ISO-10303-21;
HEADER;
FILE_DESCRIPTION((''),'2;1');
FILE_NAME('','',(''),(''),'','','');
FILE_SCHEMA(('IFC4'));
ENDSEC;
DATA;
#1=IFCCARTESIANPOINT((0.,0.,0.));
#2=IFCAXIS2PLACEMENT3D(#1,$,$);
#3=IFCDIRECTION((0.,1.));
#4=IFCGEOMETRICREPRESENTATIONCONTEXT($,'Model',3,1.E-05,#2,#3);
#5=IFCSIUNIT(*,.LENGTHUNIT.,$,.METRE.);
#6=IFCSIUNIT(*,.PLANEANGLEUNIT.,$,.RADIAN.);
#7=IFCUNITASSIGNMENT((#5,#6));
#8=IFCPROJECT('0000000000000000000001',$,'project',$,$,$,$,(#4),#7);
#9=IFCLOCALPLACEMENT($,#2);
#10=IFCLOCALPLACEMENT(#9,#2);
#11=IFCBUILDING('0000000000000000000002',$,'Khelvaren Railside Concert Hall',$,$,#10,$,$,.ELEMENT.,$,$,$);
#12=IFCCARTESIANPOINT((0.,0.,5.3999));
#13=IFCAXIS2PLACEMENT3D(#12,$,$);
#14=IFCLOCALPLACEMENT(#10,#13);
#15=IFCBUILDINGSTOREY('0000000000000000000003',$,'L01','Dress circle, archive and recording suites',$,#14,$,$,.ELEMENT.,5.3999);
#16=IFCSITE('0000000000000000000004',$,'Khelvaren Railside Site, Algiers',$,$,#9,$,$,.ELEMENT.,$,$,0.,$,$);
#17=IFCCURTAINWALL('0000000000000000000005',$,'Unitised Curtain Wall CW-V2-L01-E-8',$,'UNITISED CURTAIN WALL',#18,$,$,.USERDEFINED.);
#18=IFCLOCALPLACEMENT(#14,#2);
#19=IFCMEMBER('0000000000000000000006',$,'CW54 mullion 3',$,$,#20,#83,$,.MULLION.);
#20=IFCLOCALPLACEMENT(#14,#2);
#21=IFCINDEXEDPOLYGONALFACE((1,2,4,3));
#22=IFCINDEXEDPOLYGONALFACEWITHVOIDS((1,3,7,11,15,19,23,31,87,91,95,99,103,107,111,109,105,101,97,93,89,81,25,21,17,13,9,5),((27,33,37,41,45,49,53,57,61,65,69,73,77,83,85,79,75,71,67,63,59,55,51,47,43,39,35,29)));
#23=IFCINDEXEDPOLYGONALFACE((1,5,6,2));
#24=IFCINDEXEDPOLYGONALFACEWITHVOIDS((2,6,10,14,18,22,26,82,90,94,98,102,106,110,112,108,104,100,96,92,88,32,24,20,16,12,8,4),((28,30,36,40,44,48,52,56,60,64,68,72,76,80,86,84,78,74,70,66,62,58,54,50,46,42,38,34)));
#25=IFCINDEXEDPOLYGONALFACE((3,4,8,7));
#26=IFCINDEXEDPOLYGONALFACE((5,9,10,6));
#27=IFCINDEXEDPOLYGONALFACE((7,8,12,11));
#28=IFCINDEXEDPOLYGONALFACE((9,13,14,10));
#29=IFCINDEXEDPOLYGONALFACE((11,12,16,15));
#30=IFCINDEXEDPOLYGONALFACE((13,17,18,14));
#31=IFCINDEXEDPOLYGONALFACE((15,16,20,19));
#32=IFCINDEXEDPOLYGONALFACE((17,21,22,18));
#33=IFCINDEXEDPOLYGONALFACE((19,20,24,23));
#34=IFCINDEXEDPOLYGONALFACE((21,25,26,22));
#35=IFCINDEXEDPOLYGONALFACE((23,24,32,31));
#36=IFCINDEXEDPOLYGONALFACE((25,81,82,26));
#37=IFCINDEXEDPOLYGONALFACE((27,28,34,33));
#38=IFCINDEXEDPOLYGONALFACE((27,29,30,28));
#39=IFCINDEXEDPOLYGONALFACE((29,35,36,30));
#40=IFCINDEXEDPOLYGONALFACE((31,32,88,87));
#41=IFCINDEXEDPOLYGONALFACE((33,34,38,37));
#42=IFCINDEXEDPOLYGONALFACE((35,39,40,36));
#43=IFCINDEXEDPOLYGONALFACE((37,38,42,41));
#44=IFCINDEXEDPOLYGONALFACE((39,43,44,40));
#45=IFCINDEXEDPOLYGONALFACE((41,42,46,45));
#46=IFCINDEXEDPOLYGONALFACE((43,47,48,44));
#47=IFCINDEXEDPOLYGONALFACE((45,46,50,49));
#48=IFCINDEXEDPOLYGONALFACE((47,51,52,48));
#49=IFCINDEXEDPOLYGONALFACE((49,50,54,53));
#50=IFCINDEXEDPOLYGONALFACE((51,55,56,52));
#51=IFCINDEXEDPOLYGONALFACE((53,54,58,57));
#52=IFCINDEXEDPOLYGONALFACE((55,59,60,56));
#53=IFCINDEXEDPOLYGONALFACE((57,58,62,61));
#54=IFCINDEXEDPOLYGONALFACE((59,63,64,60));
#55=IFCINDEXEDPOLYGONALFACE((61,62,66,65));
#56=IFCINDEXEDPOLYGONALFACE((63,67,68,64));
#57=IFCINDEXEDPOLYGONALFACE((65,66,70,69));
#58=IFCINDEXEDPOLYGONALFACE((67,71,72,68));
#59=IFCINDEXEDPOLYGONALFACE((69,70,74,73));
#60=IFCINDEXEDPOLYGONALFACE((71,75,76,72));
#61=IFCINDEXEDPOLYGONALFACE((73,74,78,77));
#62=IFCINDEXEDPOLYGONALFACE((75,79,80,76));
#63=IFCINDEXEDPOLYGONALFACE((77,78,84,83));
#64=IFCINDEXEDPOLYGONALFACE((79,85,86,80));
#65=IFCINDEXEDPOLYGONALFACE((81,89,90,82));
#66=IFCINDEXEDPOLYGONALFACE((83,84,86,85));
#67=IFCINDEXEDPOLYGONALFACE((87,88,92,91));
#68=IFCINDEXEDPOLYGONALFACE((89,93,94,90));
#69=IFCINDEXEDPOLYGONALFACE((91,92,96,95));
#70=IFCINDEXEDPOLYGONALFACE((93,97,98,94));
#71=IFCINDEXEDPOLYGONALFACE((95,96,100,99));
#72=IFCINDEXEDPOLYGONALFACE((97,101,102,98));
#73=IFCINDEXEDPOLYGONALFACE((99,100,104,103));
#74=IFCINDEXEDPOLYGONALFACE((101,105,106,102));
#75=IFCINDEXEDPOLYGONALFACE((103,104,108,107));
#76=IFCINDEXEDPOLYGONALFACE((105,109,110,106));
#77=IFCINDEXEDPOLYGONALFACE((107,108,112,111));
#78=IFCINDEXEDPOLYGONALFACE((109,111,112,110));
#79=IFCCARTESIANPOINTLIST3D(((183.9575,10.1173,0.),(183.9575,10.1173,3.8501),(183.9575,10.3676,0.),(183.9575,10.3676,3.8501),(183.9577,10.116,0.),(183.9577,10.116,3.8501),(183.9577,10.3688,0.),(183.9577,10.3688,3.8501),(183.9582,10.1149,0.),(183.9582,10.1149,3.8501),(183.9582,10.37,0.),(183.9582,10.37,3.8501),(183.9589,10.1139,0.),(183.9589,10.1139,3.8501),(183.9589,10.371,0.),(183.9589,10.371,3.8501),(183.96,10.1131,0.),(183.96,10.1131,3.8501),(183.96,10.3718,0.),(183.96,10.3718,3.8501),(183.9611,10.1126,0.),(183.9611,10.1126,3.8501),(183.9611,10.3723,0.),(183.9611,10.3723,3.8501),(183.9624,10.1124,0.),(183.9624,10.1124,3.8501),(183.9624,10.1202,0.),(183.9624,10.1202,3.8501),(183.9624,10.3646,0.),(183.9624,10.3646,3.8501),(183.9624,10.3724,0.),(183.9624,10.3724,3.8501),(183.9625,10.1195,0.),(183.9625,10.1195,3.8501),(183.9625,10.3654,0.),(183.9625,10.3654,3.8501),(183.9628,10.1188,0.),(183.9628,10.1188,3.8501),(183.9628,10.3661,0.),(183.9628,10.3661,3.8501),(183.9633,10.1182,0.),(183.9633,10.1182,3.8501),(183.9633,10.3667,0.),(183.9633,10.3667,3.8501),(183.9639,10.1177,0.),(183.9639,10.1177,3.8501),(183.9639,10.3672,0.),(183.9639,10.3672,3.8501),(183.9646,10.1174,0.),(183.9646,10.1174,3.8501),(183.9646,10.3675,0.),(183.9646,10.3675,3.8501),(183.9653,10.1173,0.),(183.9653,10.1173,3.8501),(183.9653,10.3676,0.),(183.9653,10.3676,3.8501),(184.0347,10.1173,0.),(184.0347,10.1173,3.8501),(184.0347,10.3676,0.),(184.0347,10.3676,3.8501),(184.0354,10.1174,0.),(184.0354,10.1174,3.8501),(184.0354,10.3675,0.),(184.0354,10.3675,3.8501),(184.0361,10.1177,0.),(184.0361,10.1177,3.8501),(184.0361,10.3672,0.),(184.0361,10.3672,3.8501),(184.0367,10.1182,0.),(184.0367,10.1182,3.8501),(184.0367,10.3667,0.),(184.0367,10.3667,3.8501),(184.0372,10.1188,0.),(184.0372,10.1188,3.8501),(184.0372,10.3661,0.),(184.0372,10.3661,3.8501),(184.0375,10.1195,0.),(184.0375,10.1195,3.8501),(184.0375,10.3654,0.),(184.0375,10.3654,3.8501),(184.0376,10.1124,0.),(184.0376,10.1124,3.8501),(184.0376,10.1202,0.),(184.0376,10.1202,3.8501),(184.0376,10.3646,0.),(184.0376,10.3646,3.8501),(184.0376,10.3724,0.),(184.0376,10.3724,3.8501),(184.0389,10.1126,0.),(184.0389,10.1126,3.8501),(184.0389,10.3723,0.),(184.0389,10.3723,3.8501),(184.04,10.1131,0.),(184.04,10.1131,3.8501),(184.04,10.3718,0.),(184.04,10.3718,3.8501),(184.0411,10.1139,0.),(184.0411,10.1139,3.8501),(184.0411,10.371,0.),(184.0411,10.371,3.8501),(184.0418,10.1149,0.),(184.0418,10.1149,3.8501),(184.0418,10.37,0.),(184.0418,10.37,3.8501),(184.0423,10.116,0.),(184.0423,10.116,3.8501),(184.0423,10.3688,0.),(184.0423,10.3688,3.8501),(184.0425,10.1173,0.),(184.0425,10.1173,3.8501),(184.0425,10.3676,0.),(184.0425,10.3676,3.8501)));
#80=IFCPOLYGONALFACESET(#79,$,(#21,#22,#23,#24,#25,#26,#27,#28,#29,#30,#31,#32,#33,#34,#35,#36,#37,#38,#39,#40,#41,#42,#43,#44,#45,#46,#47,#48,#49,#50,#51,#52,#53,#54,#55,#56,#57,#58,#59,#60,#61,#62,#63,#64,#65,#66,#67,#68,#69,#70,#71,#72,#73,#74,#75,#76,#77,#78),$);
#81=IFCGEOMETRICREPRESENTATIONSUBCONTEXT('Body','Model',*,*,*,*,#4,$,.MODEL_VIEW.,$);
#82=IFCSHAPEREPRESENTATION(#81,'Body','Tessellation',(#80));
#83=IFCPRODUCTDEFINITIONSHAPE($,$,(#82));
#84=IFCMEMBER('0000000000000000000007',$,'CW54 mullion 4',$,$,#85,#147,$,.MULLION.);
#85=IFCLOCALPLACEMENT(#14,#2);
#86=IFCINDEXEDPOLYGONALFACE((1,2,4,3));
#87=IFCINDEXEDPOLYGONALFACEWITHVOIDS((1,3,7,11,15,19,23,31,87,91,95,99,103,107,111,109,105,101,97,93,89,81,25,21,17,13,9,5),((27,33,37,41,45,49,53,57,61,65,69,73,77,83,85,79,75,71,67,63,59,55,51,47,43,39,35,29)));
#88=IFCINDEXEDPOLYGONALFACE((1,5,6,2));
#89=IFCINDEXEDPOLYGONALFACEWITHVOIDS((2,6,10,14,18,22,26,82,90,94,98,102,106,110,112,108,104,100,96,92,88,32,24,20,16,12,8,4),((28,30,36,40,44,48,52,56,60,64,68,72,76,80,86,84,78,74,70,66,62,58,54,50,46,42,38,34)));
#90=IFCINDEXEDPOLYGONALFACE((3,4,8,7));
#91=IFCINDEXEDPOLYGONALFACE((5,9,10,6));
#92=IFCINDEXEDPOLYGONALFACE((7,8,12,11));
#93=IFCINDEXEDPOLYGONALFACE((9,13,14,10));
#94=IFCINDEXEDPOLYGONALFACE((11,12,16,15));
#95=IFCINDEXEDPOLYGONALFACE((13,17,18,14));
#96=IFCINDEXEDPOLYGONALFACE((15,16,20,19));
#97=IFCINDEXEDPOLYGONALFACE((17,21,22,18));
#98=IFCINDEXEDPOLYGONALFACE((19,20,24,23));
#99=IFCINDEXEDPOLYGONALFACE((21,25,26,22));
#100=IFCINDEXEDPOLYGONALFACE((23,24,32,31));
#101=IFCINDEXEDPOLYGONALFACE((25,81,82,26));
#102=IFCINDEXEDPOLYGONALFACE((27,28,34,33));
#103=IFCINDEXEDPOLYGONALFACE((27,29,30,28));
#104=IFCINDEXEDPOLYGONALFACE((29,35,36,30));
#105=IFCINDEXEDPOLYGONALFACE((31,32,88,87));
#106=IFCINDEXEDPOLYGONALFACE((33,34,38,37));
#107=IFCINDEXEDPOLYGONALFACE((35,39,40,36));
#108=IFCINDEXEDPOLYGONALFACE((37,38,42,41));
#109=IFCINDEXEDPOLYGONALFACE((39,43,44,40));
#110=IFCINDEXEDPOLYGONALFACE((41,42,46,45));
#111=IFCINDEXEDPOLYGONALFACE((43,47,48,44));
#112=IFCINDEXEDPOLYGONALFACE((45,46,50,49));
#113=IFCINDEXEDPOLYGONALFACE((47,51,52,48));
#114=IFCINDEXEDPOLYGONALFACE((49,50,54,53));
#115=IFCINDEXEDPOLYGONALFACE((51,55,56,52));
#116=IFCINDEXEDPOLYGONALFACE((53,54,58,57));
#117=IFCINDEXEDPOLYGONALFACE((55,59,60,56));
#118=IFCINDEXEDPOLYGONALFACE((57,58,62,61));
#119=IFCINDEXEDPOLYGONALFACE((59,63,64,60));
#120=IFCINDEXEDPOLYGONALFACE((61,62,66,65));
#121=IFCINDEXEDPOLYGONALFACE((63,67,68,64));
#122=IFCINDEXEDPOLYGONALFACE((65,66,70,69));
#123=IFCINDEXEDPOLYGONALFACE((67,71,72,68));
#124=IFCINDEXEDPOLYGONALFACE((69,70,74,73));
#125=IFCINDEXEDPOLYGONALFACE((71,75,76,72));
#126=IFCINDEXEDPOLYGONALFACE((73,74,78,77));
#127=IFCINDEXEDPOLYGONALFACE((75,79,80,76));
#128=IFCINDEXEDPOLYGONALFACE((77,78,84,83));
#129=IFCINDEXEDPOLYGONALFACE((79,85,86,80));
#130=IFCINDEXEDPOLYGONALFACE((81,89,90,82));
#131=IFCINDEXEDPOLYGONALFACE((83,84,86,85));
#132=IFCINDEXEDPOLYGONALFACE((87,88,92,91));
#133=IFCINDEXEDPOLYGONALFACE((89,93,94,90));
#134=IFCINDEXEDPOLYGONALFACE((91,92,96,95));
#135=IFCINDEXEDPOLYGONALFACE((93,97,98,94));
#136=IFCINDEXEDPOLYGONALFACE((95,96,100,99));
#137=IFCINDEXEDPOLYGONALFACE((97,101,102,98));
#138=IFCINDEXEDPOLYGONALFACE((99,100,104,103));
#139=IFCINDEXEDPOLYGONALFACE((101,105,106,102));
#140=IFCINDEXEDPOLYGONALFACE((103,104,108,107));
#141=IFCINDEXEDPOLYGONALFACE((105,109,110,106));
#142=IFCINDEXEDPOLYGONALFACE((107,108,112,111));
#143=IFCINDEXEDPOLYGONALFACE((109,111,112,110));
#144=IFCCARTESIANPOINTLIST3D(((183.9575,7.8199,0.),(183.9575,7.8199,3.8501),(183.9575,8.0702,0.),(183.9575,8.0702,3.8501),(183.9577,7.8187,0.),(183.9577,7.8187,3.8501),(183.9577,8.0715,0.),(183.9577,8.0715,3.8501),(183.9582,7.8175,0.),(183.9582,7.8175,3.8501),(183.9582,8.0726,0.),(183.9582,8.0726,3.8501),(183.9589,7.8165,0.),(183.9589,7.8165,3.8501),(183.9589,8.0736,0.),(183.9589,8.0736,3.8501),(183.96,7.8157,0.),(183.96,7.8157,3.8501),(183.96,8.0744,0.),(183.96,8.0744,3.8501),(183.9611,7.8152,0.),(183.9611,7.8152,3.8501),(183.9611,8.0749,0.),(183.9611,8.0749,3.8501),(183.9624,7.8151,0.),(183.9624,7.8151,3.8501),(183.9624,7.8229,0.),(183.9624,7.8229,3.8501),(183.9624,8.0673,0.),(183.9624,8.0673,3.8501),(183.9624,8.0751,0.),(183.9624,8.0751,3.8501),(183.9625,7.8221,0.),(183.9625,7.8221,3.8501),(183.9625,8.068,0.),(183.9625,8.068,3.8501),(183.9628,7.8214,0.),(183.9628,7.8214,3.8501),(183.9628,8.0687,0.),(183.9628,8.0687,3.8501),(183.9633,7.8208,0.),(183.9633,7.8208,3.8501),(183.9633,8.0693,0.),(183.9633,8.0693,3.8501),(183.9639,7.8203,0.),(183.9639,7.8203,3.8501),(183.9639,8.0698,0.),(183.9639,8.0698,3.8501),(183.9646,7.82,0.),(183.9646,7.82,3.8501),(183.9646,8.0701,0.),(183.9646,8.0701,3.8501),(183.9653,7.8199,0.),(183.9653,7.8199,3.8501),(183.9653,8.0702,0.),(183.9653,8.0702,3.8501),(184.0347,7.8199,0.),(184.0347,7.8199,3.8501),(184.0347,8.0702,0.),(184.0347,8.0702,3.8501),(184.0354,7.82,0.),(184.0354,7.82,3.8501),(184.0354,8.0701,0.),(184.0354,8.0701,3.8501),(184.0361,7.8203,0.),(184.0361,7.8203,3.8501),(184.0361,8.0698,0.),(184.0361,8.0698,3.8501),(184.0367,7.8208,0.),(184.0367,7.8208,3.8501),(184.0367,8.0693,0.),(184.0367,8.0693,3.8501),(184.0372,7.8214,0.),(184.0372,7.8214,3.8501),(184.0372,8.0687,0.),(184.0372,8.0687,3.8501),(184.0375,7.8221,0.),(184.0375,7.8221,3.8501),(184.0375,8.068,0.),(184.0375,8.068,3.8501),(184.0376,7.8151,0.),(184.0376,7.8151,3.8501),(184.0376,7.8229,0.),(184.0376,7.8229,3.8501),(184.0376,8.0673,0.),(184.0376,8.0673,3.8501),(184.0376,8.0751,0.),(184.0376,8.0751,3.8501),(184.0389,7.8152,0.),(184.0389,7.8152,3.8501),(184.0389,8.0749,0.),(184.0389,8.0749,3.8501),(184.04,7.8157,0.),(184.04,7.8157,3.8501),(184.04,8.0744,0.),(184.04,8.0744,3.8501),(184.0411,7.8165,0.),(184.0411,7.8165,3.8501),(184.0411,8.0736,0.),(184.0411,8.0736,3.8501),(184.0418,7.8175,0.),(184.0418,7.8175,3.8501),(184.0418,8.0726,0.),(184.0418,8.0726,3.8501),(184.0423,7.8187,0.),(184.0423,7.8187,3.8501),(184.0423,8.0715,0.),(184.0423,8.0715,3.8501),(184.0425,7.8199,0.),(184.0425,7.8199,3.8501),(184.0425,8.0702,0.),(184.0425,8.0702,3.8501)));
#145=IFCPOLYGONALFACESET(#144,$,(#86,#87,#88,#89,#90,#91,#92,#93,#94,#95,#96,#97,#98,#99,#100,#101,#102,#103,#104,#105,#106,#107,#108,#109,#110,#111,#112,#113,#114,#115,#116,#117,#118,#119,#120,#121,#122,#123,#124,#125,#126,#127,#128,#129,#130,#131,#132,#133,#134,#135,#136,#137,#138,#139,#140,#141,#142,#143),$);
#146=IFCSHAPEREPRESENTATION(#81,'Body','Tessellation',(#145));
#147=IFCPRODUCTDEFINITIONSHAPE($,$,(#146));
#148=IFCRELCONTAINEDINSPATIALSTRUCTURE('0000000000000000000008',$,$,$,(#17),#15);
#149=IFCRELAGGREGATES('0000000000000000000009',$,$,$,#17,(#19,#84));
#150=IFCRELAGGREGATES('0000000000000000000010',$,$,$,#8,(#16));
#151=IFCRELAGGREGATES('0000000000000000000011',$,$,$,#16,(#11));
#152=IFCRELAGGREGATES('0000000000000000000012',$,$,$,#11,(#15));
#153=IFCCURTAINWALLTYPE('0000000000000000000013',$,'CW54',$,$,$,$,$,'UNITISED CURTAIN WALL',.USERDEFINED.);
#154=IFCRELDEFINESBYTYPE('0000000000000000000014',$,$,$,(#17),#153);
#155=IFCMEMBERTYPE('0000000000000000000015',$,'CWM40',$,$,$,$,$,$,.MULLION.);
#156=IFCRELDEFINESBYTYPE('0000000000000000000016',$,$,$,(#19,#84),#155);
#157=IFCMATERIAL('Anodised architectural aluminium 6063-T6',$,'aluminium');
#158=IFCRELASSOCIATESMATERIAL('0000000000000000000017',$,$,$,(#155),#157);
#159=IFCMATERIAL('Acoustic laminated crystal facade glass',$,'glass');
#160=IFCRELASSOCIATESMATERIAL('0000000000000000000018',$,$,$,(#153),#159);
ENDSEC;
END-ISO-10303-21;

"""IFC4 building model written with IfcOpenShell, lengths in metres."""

from ifc_helpers import new_model, si_unit, direction, frame, origin, origin_2d, place, context, subcontext, project, spatial, hollow_rectangle, extrude, material, material_profile, profile_set, type_object, element, aggregate, save


model = new_model("IFC4")

# Units and contexts
model_context = context("Model", 3, precision=1e-05, world=origin(), true_north=direction((0.0, 1.0)))
body_context = subcontext(model_context, "Body", "Model", "MODEL_VIEW")
ifc_project = project(units=[si_unit("LENGTHUNIT", "METRE"), si_unit("PLANEANGLEUNIT", "RADIAN")], contexts=[model_context])

# Site, building, storey
site_placement = place(None, origin())
site = spatial("IfcSite", under=ifc_project, at=site_placement, Name="Khelvaren Railside Site, Algiers", CompositionType="ELEMENT", RefElevation=0.0)
building_placement = place(site_placement, origin())
building = spatial("IfcBuilding", under=site, at=building_placement, Name="Khelvaren Railside Concert Hall", CompositionType="ELEMENT")
storey_placement = place(building_placement, frame((0.0, 0.0, 5.3999)))
storey = spatial("IfcBuildingStorey", under=building, at=storey_placement, Name="L01", Description="Dress circle, archive and recording suites", CompositionType="ELEMENT", Elevation=5.3999)

# Shared definitions
ifc_material_1 = material(Name="Acoustic laminated crystal facade glass", Category="glass")
ifc_material_2 = material(Name="Anodised architectural aluminium 6063-T6", Category="aluminium")
ifc_material_profile_1 = material_profile(ifc_material_2, hollow_rectangle(XDim=0.085, YDim=0.26, WallThickness=0.0049, InnerFilletRadius=0.0029, OuterFilletRadius=0.0049, at=origin_2d()), Name="CWM 85x260x5")
ifc_profile_set_1 = profile_set([ifc_material_profile_1], Name="Anodised architectural aluminium 6063-T6")
member_type_1 = type_object("IfcMemberType", Name="CWM40", PredefinedType="MULLION", material=ifc_profile_set_1)

# Curtain wall, members
curtain_wall_type_1 = type_object("IfcCurtainWallType", Name="CW54", ElementType="UNITISED CURTAIN WALL", PredefinedType="USERDEFINED", material=ifc_material_1)
curtain_wall_1_placement = place(storey_placement, origin())
curtain_wall_1 = element("IfcCurtainWall", 1, at=curtain_wall_1_placement, inside=storey, type_object=curtain_wall_type_1, Name="Unitised Curtain Wall CW-V2-L01-E-8", ObjectType="UNITISED CURTAIN WALL", PredefinedType="USERDEFINED")
member_1_placement = place(storey_placement, frame((184.0, 10.2424, 0.0), z_axis=(0.0, 0.0, 1.0), x_axis=(1.0, 0.0, 0.0)))
member_1 = element("IfcMember", 2, at=member_1_placement, type_object=member_type_1, Name="CW54 mullion 3", PredefinedType="MULLION", context=body_context, shape_type="SweptSolid", body=[
    extrude(hollow_rectangle(XDim=0.085, YDim=0.26, WallThickness=0.0049, InnerFilletRadius=0.0029, OuterFilletRadius=0.0049, at=origin_2d()), origin(), (0.0, 0.0, 1.0), 3.8501),
])
member_2_placement = place(storey_placement, frame((184.0, 7.9451, 0.0), z_axis=(0.0, 0.0, 1.0), x_axis=(1.0, 0.0, 0.0)))
member_2 = element("IfcMember", 3, at=member_2_placement, type_object=member_type_1, Name="CW54 mullion 4", PredefinedType="MULLION", context=body_context, shape_type="SweptSolid", body=[
    extrude(hollow_rectangle(XDim=0.085, YDim=0.26, WallThickness=0.0049, InnerFilletRadius=0.0029, OuterFilletRadius=0.0049, at=origin_2d()), origin(), (0.0, 0.0, 1.0), 3.8501),
])

aggregate(curtain_wall_1, [member_1, member_2])

save(model, "model.ifc")
